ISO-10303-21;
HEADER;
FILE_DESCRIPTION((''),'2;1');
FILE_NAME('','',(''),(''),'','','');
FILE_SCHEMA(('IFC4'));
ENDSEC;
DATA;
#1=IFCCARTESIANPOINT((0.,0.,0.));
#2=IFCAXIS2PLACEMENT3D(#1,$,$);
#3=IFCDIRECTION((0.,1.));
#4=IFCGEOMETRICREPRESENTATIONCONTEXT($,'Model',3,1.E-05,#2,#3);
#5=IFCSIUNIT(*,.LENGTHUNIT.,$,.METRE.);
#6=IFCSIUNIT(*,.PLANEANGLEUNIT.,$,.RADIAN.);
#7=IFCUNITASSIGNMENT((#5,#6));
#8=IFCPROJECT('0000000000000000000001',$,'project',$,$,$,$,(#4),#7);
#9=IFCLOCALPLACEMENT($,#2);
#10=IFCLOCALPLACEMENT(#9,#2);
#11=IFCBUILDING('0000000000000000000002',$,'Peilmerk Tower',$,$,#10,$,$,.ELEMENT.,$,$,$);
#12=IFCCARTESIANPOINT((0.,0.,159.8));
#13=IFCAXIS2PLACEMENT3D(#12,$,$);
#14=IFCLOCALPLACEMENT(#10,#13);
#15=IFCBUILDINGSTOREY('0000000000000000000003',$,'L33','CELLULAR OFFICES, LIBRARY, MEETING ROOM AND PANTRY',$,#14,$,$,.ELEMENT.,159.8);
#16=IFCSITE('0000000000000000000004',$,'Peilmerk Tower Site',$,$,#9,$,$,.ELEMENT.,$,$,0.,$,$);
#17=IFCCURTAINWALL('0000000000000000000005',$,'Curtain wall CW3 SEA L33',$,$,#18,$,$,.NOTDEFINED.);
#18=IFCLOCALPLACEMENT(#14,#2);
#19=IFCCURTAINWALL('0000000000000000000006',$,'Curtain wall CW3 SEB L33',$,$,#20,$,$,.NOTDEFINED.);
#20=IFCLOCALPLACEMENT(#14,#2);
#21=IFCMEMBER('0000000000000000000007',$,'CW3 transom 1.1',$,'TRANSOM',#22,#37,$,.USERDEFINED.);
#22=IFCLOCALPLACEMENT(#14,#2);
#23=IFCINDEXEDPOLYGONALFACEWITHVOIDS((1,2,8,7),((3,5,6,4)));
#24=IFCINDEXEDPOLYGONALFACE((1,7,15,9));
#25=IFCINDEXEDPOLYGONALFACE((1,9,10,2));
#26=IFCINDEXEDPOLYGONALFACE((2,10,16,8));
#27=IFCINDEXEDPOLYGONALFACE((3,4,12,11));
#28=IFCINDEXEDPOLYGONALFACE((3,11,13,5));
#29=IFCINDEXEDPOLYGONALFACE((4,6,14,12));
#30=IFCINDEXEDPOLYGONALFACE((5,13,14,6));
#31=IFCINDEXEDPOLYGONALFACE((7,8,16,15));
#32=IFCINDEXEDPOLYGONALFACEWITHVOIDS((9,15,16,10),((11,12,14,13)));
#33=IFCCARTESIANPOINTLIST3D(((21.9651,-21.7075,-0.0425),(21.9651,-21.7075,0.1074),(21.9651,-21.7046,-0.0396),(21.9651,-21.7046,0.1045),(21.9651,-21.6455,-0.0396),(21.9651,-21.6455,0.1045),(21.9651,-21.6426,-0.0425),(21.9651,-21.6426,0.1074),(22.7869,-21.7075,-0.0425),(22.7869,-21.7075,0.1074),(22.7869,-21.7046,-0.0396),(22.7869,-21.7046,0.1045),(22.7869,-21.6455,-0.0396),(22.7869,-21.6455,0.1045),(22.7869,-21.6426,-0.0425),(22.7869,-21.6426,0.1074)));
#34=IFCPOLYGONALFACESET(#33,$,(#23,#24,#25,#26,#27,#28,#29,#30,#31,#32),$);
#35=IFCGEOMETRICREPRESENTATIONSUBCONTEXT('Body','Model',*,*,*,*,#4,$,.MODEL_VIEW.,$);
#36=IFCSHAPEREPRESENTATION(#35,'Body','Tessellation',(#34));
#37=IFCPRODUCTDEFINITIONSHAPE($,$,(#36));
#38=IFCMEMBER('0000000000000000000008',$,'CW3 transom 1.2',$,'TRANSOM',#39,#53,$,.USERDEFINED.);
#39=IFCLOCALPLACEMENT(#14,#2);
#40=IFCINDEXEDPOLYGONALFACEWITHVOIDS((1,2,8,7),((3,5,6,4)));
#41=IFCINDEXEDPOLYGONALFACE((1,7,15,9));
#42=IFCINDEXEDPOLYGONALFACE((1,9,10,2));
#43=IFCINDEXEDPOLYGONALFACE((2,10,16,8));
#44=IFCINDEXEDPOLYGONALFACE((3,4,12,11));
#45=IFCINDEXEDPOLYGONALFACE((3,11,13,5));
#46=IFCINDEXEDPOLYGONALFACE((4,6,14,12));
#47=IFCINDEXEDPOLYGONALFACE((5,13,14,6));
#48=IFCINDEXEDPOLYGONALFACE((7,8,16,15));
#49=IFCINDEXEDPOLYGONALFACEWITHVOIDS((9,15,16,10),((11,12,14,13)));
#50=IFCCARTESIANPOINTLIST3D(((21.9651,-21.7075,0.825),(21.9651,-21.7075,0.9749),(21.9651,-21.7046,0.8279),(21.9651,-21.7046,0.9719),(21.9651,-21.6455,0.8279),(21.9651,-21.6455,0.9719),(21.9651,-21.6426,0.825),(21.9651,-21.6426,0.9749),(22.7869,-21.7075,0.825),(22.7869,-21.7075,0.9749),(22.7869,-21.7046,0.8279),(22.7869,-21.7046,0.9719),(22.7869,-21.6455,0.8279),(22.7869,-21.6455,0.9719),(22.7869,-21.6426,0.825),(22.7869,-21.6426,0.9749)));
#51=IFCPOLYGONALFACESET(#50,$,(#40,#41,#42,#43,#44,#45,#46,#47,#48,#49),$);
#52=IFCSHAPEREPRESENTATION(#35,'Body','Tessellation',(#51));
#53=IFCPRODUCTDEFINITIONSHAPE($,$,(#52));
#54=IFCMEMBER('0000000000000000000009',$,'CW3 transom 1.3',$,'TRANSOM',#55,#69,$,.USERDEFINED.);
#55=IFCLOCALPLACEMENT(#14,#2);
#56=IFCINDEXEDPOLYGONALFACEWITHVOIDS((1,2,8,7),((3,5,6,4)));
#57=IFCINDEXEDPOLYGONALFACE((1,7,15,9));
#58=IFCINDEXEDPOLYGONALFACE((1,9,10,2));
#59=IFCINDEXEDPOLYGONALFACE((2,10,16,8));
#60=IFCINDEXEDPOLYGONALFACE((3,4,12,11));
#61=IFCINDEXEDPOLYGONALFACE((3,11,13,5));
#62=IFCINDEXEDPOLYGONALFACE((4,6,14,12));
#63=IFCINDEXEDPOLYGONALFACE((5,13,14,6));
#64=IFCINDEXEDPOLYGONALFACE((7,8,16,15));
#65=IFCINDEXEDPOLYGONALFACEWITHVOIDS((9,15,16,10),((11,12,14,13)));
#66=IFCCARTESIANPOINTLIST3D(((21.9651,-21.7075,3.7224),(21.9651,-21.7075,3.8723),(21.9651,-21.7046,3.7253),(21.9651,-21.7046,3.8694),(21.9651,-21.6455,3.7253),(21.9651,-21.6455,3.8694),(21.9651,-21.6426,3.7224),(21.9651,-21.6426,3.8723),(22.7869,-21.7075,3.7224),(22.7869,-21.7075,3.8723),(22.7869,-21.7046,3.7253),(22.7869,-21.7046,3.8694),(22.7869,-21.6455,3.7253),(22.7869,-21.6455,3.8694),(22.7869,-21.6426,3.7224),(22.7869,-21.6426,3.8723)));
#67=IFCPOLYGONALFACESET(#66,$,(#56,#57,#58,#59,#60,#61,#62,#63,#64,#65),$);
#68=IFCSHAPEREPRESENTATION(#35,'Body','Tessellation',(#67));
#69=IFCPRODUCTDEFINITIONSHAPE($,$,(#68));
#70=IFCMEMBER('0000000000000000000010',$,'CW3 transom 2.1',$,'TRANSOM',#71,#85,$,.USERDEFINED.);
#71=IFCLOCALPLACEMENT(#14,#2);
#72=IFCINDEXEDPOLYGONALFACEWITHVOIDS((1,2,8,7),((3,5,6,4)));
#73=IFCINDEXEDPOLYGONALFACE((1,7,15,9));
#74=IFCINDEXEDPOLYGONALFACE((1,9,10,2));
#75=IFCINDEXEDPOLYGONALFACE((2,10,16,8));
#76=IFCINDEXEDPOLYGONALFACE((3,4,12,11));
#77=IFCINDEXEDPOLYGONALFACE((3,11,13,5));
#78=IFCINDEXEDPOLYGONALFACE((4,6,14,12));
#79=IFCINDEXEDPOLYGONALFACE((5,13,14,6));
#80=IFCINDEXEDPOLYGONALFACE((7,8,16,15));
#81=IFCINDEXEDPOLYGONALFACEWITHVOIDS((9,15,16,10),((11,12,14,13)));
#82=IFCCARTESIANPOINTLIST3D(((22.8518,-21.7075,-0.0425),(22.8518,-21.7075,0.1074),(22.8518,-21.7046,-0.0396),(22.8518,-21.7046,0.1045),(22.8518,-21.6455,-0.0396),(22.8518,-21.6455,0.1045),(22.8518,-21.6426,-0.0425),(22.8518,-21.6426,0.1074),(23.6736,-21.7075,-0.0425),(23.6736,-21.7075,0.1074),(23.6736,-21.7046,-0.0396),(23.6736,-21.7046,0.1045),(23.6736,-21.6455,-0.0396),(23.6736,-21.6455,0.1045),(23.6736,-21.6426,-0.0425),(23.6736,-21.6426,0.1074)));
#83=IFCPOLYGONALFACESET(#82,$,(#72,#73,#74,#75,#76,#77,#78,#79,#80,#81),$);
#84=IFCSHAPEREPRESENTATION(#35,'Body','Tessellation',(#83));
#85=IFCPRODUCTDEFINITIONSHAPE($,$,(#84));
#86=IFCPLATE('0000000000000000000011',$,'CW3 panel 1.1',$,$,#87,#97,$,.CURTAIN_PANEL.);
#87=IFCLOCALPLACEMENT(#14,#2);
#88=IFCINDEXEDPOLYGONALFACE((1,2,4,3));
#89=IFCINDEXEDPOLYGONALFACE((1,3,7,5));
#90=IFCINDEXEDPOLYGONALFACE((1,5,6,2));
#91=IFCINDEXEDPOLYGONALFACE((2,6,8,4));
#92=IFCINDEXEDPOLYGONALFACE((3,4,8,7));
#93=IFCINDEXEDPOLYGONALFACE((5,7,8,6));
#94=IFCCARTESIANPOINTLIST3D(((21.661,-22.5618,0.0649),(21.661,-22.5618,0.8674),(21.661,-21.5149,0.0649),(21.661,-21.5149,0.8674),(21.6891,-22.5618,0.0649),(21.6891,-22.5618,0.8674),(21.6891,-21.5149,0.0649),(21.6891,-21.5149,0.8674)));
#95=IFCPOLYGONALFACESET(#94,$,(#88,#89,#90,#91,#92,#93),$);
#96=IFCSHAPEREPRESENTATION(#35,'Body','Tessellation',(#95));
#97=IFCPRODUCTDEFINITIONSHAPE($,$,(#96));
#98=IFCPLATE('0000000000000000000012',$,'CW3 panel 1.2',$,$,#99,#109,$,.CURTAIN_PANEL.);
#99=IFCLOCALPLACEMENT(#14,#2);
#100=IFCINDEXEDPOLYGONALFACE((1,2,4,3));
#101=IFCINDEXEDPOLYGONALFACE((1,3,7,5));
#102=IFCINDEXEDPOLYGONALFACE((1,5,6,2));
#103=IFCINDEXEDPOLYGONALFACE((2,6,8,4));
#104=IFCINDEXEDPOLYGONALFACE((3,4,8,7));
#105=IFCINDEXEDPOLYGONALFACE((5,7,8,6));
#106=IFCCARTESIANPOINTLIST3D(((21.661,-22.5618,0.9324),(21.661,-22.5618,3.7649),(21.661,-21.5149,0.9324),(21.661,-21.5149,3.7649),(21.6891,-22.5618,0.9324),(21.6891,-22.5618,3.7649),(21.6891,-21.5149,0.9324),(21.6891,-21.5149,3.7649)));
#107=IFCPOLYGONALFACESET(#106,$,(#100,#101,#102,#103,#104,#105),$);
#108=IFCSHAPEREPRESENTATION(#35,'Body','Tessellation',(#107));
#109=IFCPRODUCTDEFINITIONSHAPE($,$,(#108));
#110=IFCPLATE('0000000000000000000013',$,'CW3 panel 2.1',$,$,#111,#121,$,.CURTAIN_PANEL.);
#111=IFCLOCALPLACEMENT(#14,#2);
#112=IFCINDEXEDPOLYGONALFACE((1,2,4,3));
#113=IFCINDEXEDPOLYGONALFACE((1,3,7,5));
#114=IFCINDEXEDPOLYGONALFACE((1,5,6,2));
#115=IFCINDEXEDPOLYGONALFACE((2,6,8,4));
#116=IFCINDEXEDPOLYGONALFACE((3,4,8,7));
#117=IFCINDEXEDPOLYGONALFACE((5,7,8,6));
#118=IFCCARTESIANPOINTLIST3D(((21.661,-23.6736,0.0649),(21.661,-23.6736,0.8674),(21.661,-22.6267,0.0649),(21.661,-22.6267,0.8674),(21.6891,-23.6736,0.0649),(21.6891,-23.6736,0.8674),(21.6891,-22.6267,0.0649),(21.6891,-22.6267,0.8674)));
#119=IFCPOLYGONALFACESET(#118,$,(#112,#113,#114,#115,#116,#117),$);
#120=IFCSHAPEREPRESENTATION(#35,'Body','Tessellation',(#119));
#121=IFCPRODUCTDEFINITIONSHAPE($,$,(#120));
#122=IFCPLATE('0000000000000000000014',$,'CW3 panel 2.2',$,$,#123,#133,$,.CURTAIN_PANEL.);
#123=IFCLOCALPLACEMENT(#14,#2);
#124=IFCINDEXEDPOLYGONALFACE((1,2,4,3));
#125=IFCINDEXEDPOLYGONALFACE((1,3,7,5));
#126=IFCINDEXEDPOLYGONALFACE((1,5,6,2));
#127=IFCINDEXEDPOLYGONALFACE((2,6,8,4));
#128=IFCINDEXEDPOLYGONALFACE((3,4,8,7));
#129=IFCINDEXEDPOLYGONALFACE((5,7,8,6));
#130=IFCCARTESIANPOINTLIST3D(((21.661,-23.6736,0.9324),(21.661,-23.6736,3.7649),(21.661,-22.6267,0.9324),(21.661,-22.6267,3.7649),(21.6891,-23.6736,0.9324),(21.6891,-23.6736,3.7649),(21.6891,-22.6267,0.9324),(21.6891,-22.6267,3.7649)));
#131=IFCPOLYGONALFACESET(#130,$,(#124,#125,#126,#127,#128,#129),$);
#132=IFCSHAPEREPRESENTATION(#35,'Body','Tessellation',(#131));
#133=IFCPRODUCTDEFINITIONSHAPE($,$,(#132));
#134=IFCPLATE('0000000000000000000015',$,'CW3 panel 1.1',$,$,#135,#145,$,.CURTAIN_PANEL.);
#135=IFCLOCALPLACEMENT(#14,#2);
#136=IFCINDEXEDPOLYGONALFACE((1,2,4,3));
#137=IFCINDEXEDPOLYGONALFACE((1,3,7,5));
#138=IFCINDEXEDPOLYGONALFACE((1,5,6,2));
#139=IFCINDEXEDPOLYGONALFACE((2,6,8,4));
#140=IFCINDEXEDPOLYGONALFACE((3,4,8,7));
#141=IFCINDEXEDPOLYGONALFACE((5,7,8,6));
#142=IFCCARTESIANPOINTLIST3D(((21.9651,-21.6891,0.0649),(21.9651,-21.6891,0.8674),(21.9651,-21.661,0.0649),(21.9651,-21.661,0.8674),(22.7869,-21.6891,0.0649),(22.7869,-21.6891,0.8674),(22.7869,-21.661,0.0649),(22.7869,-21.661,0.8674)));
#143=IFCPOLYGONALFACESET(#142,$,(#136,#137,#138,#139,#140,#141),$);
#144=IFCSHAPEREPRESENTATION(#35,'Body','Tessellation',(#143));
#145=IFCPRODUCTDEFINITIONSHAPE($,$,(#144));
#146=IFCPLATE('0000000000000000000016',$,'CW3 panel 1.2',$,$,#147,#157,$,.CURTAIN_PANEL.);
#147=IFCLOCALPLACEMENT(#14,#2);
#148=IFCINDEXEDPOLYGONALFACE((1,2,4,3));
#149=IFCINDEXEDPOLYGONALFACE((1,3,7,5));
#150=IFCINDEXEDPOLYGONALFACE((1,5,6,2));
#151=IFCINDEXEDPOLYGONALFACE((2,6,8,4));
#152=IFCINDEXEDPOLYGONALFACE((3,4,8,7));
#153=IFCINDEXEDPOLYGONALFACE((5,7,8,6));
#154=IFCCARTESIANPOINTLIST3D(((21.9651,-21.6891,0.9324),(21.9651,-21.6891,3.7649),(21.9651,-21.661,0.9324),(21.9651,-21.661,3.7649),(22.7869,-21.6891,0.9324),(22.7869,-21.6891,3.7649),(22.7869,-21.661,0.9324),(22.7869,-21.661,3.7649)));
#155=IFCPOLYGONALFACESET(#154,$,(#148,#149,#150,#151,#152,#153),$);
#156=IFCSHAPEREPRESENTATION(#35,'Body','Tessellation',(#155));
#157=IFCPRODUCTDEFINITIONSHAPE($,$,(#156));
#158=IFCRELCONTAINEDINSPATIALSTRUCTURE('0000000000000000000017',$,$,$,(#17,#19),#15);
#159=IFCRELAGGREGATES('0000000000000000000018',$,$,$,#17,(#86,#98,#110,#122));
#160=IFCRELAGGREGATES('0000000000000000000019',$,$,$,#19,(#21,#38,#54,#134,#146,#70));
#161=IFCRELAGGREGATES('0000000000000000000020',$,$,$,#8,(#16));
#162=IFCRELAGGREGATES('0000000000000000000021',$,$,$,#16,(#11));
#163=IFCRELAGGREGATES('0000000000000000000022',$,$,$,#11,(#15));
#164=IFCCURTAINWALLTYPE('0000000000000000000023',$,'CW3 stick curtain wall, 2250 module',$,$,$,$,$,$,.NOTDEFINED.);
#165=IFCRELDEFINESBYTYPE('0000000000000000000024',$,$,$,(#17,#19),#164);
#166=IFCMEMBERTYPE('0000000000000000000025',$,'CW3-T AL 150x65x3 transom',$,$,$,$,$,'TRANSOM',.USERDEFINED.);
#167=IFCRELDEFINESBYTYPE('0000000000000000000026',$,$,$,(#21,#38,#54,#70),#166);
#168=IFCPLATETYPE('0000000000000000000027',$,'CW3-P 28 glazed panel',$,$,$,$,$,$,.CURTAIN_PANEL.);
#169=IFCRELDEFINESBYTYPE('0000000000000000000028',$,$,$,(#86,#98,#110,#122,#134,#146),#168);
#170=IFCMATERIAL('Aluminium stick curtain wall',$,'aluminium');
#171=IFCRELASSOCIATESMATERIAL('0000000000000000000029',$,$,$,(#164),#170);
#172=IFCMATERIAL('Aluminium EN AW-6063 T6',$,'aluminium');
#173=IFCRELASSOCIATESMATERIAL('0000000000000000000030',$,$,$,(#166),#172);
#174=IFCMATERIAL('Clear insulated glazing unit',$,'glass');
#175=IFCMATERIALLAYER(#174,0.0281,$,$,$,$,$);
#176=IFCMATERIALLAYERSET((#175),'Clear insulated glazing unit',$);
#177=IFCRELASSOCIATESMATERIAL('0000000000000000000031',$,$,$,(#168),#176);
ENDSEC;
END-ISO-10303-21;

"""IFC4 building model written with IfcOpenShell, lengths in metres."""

from ifc_helpers import new_model, si_unit, direction, frame, origin, origin_2d, place, context, subcontext, project, spatial, rectangle, hollow_rectangle, extrude, material, layer, layer_set, material_profile, profile_set, type_object, element, aggregate, save


model = new_model("IFC4")

# Units and contexts
model_context = context("Model", 3, precision=1e-05, world=origin(), true_north=direction((0.0, 1.0)))
body_context = subcontext(model_context, "Body", "Model", "MODEL_VIEW")
ifc_project = project(units=[si_unit("LENGTHUNIT", "METRE"), si_unit("PLANEANGLEUNIT", "RADIAN")], contexts=[model_context])

# Site, building, storey
site_placement = place(None, origin())
site = spatial("IfcSite", under=ifc_project, at=site_placement, Name="Peilmerk Tower Site", CompositionType="ELEMENT", RefElevation=0.0)
building_placement = place(site_placement, origin())
building = spatial("IfcBuilding", under=site, at=building_placement, Name="Peilmerk Tower", CompositionType="ELEMENT")
storey_placement = place(building_placement, frame((0.0, 0.0, 159.8)))
storey = spatial("IfcBuildingStorey", under=building, at=storey_placement, Name="L33", Description="CELLULAR OFFICES, LIBRARY, MEETING ROOM AND PANTRY", CompositionType="ELEMENT", Elevation=159.8)

# Curtain walls
ifc_material_1 = material(Name="Aluminium stick curtain wall", Category="aluminium")
curtain_wall_type = type_object("IfcCurtainWallType", Name="CW3 stick curtain wall, 2250 module", PredefinedType="NOTDEFINED", material=ifc_material_1)
curtain_wall_1_placement = place(storey_placement, origin())
curtain_wall_1 = element("IfcCurtainWall", 1, at=curtain_wall_1_placement, inside=storey, type_object=curtain_wall_type, Name="Curtain wall CW3 SEA L33", PredefinedType="NOTDEFINED")
ifc_material_2 = material(Name="Aluminium EN AW-6063 T6", Category="aluminium")
curtain_wall_2_placement = place(storey_placement, origin())
curtain_wall_2 = element("IfcCurtainWall", 2, at=curtain_wall_2_placement, inside=storey, type_object=curtain_wall_type, Name="Curtain wall CW3 SEB L33", PredefinedType="NOTDEFINED")

# Members
ifc_material_profile_1 = material_profile(ifc_material_2, hollow_rectangle(XDim=0.0649, YDim=0.1499, WallThickness=0.0029, at=origin_2d()), Name="AL 150x65x3")
ifc_profile_set_1 = profile_set([ifc_material_profile_1], Name="Aluminium EN AW-6063 T6")
member_type_1 = type_object("IfcMemberType", Name="CW3-T AL 150x65x3 transom", ElementType="TRANSOM", PredefinedType="USERDEFINED", material=ifc_profile_set_1)
member_1_placement = place(storey_placement, frame((21.9651, -21.675, 0.0325), z_axis=(1.0, 0.0, 0.0), x_axis=(0.0, 1.0, 0.0)))
member_1 = element("IfcMember", 3, at=member_1_placement, type_object=member_type_1, Name="CW3 transom 1.1", ObjectType="TRANSOM", PredefinedType="USERDEFINED", context=body_context, shape_type="SweptSolid", body=[
    extrude(hollow_rectangle(XDim=0.0649, YDim=0.1499, WallThickness=0.0029, at=origin_2d()), origin(), (0.0, 0.0, 1.0), 0.8218),
])
member_2_placement = place(storey_placement, frame((21.9651, -21.675, 0.8999), z_axis=(1.0, 0.0, 0.0), x_axis=(0.0, 1.0, 0.0)))
member_2 = element("IfcMember", 4, at=member_2_placement, type_object=member_type_1, Name="CW3 transom 1.2", ObjectType="TRANSOM", PredefinedType="USERDEFINED", context=body_context, shape_type="SweptSolid", body=[
    extrude(hollow_rectangle(XDim=0.0649, YDim=0.1499, WallThickness=0.0029, at=origin_2d()), origin(), (0.0, 0.0, 1.0), 0.8218),
])
member_3_placement = place(storey_placement, frame((21.9651, -21.675, 3.7974), z_axis=(1.0, 0.0, 0.0), x_axis=(0.0, 1.0, 0.0)))
member_3 = element("IfcMember", 5, at=member_3_placement, type_object=member_type_1, Name="CW3 transom 1.3", ObjectType="TRANSOM", PredefinedType="USERDEFINED", context=body_context, shape_type="SweptSolid", body=[
    extrude(hollow_rectangle(XDim=0.0649, YDim=0.1499, WallThickness=0.0029, at=origin_2d()), origin(), (0.0, 0.0, 1.0), 0.8218),
])
member_4_placement = place(storey_placement, frame((22.8518, -21.675, 0.0325), z_axis=(1.0, 0.0, 0.0), x_axis=(0.0, 1.0, 0.0)))
member_4 = element("IfcMember", 6, at=member_4_placement, type_object=member_type_1, Name="CW3 transom 2.1", ObjectType="TRANSOM", PredefinedType="USERDEFINED", context=body_context, shape_type="SweptSolid", body=[
    extrude(hollow_rectangle(XDim=0.0649, YDim=0.1499, WallThickness=0.0029, at=origin_2d()), origin(), (0.0, 0.0, 1.0), 0.8218),
])

# Plates
ifc_material_3 = material(Name="Clear insulated glazing unit", Category="glass")
ifc_layer_1 = layer(ifc_material_3, 0.0281)
ifc_layer_set_1 = layer_set([ifc_layer_1], Name="Clear insulated glazing unit")
plate_type = type_object("IfcPlateType", Name="CW3-P 28 glazed panel", PredefinedType="CURTAIN_PANEL", material=ifc_layer_set_1)
plate_1_placement = place(storey_placement, frame((21.675, -22.0383, 0.0649), z_axis=(0.0, 0.0, 1.0), x_axis=(0.0, -1.0, 0.0)))
plate_1 = element("IfcPlate", 7, at=plate_1_placement, type_object=plate_type, Name="CW3 panel 1.1", PredefinedType="CURTAIN_PANEL", context=body_context, shape_type="SweptSolid", body=[
    extrude(rectangle(XDim=1.0469, YDim=0.0281, at=origin_2d()), origin(), (0.0, 0.0, 1.0), 0.8025),
])
plate_2_placement = place(storey_placement, frame((21.675, -22.0383, 0.9324), z_axis=(0.0, 0.0, 1.0), x_axis=(0.0, -1.0, 0.0)))
plate_2 = element("IfcPlate", 8, at=plate_2_placement, type_object=plate_type, Name="CW3 panel 1.2", PredefinedType="CURTAIN_PANEL", context=body_context, shape_type="SweptSolid", body=[
    extrude(rectangle(XDim=1.0469, YDim=0.0281, at=origin_2d()), origin(), (0.0, 0.0, 1.0), 2.8325),
])
plate_3_placement = place(storey_placement, frame((21.675, -23.1501, 0.0649), z_axis=(0.0, 0.0, 1.0), x_axis=(0.0, -1.0, 0.0)))
plate_3 = element("IfcPlate", 9, at=plate_3_placement, type_object=plate_type, Name="CW3 panel 2.1", PredefinedType="CURTAIN_PANEL", context=body_context, shape_type="SweptSolid", body=[
    extrude(rectangle(XDim=1.0469, YDim=0.0281, at=origin_2d()), origin(), (0.0, 0.0, 1.0), 0.8025),
])
plate_4_placement = place(storey_placement, frame((21.675, -23.1501, 0.9324), z_axis=(0.0, 0.0, 1.0), x_axis=(0.0, -1.0, 0.0)))
plate_4 = element("IfcPlate", 10, at=plate_4_placement, type_object=plate_type, Name="CW3 panel 2.2", PredefinedType="CURTAIN_PANEL", context=body_context, shape_type="SweptSolid", body=[
    extrude(rectangle(XDim=1.0469, YDim=0.0281, at=origin_2d()), origin(), (0.0, 0.0, 1.0), 2.8325),
])
aggregate(curtain_wall_1, [plate_1, plate_2, plate_3, plate_4])
plate_5_placement = place(storey_placement, frame((22.376, -21.675, 0.0649), z_axis=(0.0, 0.0, 1.0), x_axis=(1.0, 0.0, 0.0)))
plate_5 = element("IfcPlate", 11, at=plate_5_placement, type_object=plate_type, Name="CW3 panel 1.1", PredefinedType="CURTAIN_PANEL", context=body_context, shape_type="SweptSolid", body=[
    extrude(rectangle(XDim=0.8218, YDim=0.0281, at=origin_2d()), origin(), (0.0, 0.0, 1.0), 0.8025),
])
plate_6_placement = place(storey_placement, frame((22.376, -21.675, 0.9324), z_axis=(0.0, 0.0, 1.0), x_axis=(1.0, 0.0, 0.0)))
plate_6 = element("IfcPlate", 12, at=plate_6_placement, type_object=plate_type, Name="CW3 panel 1.2", PredefinedType="CURTAIN_PANEL", context=body_context, shape_type="SweptSolid", body=[
    extrude(rectangle(XDim=0.8218, YDim=0.0281, at=origin_2d()), origin(), (0.0, 0.0, 1.0), 2.8325),
])
aggregate(curtain_wall_2, [member_1, member_2, member_3, plate_5, plate_6, member_4])

save(model, "model.ifc")
